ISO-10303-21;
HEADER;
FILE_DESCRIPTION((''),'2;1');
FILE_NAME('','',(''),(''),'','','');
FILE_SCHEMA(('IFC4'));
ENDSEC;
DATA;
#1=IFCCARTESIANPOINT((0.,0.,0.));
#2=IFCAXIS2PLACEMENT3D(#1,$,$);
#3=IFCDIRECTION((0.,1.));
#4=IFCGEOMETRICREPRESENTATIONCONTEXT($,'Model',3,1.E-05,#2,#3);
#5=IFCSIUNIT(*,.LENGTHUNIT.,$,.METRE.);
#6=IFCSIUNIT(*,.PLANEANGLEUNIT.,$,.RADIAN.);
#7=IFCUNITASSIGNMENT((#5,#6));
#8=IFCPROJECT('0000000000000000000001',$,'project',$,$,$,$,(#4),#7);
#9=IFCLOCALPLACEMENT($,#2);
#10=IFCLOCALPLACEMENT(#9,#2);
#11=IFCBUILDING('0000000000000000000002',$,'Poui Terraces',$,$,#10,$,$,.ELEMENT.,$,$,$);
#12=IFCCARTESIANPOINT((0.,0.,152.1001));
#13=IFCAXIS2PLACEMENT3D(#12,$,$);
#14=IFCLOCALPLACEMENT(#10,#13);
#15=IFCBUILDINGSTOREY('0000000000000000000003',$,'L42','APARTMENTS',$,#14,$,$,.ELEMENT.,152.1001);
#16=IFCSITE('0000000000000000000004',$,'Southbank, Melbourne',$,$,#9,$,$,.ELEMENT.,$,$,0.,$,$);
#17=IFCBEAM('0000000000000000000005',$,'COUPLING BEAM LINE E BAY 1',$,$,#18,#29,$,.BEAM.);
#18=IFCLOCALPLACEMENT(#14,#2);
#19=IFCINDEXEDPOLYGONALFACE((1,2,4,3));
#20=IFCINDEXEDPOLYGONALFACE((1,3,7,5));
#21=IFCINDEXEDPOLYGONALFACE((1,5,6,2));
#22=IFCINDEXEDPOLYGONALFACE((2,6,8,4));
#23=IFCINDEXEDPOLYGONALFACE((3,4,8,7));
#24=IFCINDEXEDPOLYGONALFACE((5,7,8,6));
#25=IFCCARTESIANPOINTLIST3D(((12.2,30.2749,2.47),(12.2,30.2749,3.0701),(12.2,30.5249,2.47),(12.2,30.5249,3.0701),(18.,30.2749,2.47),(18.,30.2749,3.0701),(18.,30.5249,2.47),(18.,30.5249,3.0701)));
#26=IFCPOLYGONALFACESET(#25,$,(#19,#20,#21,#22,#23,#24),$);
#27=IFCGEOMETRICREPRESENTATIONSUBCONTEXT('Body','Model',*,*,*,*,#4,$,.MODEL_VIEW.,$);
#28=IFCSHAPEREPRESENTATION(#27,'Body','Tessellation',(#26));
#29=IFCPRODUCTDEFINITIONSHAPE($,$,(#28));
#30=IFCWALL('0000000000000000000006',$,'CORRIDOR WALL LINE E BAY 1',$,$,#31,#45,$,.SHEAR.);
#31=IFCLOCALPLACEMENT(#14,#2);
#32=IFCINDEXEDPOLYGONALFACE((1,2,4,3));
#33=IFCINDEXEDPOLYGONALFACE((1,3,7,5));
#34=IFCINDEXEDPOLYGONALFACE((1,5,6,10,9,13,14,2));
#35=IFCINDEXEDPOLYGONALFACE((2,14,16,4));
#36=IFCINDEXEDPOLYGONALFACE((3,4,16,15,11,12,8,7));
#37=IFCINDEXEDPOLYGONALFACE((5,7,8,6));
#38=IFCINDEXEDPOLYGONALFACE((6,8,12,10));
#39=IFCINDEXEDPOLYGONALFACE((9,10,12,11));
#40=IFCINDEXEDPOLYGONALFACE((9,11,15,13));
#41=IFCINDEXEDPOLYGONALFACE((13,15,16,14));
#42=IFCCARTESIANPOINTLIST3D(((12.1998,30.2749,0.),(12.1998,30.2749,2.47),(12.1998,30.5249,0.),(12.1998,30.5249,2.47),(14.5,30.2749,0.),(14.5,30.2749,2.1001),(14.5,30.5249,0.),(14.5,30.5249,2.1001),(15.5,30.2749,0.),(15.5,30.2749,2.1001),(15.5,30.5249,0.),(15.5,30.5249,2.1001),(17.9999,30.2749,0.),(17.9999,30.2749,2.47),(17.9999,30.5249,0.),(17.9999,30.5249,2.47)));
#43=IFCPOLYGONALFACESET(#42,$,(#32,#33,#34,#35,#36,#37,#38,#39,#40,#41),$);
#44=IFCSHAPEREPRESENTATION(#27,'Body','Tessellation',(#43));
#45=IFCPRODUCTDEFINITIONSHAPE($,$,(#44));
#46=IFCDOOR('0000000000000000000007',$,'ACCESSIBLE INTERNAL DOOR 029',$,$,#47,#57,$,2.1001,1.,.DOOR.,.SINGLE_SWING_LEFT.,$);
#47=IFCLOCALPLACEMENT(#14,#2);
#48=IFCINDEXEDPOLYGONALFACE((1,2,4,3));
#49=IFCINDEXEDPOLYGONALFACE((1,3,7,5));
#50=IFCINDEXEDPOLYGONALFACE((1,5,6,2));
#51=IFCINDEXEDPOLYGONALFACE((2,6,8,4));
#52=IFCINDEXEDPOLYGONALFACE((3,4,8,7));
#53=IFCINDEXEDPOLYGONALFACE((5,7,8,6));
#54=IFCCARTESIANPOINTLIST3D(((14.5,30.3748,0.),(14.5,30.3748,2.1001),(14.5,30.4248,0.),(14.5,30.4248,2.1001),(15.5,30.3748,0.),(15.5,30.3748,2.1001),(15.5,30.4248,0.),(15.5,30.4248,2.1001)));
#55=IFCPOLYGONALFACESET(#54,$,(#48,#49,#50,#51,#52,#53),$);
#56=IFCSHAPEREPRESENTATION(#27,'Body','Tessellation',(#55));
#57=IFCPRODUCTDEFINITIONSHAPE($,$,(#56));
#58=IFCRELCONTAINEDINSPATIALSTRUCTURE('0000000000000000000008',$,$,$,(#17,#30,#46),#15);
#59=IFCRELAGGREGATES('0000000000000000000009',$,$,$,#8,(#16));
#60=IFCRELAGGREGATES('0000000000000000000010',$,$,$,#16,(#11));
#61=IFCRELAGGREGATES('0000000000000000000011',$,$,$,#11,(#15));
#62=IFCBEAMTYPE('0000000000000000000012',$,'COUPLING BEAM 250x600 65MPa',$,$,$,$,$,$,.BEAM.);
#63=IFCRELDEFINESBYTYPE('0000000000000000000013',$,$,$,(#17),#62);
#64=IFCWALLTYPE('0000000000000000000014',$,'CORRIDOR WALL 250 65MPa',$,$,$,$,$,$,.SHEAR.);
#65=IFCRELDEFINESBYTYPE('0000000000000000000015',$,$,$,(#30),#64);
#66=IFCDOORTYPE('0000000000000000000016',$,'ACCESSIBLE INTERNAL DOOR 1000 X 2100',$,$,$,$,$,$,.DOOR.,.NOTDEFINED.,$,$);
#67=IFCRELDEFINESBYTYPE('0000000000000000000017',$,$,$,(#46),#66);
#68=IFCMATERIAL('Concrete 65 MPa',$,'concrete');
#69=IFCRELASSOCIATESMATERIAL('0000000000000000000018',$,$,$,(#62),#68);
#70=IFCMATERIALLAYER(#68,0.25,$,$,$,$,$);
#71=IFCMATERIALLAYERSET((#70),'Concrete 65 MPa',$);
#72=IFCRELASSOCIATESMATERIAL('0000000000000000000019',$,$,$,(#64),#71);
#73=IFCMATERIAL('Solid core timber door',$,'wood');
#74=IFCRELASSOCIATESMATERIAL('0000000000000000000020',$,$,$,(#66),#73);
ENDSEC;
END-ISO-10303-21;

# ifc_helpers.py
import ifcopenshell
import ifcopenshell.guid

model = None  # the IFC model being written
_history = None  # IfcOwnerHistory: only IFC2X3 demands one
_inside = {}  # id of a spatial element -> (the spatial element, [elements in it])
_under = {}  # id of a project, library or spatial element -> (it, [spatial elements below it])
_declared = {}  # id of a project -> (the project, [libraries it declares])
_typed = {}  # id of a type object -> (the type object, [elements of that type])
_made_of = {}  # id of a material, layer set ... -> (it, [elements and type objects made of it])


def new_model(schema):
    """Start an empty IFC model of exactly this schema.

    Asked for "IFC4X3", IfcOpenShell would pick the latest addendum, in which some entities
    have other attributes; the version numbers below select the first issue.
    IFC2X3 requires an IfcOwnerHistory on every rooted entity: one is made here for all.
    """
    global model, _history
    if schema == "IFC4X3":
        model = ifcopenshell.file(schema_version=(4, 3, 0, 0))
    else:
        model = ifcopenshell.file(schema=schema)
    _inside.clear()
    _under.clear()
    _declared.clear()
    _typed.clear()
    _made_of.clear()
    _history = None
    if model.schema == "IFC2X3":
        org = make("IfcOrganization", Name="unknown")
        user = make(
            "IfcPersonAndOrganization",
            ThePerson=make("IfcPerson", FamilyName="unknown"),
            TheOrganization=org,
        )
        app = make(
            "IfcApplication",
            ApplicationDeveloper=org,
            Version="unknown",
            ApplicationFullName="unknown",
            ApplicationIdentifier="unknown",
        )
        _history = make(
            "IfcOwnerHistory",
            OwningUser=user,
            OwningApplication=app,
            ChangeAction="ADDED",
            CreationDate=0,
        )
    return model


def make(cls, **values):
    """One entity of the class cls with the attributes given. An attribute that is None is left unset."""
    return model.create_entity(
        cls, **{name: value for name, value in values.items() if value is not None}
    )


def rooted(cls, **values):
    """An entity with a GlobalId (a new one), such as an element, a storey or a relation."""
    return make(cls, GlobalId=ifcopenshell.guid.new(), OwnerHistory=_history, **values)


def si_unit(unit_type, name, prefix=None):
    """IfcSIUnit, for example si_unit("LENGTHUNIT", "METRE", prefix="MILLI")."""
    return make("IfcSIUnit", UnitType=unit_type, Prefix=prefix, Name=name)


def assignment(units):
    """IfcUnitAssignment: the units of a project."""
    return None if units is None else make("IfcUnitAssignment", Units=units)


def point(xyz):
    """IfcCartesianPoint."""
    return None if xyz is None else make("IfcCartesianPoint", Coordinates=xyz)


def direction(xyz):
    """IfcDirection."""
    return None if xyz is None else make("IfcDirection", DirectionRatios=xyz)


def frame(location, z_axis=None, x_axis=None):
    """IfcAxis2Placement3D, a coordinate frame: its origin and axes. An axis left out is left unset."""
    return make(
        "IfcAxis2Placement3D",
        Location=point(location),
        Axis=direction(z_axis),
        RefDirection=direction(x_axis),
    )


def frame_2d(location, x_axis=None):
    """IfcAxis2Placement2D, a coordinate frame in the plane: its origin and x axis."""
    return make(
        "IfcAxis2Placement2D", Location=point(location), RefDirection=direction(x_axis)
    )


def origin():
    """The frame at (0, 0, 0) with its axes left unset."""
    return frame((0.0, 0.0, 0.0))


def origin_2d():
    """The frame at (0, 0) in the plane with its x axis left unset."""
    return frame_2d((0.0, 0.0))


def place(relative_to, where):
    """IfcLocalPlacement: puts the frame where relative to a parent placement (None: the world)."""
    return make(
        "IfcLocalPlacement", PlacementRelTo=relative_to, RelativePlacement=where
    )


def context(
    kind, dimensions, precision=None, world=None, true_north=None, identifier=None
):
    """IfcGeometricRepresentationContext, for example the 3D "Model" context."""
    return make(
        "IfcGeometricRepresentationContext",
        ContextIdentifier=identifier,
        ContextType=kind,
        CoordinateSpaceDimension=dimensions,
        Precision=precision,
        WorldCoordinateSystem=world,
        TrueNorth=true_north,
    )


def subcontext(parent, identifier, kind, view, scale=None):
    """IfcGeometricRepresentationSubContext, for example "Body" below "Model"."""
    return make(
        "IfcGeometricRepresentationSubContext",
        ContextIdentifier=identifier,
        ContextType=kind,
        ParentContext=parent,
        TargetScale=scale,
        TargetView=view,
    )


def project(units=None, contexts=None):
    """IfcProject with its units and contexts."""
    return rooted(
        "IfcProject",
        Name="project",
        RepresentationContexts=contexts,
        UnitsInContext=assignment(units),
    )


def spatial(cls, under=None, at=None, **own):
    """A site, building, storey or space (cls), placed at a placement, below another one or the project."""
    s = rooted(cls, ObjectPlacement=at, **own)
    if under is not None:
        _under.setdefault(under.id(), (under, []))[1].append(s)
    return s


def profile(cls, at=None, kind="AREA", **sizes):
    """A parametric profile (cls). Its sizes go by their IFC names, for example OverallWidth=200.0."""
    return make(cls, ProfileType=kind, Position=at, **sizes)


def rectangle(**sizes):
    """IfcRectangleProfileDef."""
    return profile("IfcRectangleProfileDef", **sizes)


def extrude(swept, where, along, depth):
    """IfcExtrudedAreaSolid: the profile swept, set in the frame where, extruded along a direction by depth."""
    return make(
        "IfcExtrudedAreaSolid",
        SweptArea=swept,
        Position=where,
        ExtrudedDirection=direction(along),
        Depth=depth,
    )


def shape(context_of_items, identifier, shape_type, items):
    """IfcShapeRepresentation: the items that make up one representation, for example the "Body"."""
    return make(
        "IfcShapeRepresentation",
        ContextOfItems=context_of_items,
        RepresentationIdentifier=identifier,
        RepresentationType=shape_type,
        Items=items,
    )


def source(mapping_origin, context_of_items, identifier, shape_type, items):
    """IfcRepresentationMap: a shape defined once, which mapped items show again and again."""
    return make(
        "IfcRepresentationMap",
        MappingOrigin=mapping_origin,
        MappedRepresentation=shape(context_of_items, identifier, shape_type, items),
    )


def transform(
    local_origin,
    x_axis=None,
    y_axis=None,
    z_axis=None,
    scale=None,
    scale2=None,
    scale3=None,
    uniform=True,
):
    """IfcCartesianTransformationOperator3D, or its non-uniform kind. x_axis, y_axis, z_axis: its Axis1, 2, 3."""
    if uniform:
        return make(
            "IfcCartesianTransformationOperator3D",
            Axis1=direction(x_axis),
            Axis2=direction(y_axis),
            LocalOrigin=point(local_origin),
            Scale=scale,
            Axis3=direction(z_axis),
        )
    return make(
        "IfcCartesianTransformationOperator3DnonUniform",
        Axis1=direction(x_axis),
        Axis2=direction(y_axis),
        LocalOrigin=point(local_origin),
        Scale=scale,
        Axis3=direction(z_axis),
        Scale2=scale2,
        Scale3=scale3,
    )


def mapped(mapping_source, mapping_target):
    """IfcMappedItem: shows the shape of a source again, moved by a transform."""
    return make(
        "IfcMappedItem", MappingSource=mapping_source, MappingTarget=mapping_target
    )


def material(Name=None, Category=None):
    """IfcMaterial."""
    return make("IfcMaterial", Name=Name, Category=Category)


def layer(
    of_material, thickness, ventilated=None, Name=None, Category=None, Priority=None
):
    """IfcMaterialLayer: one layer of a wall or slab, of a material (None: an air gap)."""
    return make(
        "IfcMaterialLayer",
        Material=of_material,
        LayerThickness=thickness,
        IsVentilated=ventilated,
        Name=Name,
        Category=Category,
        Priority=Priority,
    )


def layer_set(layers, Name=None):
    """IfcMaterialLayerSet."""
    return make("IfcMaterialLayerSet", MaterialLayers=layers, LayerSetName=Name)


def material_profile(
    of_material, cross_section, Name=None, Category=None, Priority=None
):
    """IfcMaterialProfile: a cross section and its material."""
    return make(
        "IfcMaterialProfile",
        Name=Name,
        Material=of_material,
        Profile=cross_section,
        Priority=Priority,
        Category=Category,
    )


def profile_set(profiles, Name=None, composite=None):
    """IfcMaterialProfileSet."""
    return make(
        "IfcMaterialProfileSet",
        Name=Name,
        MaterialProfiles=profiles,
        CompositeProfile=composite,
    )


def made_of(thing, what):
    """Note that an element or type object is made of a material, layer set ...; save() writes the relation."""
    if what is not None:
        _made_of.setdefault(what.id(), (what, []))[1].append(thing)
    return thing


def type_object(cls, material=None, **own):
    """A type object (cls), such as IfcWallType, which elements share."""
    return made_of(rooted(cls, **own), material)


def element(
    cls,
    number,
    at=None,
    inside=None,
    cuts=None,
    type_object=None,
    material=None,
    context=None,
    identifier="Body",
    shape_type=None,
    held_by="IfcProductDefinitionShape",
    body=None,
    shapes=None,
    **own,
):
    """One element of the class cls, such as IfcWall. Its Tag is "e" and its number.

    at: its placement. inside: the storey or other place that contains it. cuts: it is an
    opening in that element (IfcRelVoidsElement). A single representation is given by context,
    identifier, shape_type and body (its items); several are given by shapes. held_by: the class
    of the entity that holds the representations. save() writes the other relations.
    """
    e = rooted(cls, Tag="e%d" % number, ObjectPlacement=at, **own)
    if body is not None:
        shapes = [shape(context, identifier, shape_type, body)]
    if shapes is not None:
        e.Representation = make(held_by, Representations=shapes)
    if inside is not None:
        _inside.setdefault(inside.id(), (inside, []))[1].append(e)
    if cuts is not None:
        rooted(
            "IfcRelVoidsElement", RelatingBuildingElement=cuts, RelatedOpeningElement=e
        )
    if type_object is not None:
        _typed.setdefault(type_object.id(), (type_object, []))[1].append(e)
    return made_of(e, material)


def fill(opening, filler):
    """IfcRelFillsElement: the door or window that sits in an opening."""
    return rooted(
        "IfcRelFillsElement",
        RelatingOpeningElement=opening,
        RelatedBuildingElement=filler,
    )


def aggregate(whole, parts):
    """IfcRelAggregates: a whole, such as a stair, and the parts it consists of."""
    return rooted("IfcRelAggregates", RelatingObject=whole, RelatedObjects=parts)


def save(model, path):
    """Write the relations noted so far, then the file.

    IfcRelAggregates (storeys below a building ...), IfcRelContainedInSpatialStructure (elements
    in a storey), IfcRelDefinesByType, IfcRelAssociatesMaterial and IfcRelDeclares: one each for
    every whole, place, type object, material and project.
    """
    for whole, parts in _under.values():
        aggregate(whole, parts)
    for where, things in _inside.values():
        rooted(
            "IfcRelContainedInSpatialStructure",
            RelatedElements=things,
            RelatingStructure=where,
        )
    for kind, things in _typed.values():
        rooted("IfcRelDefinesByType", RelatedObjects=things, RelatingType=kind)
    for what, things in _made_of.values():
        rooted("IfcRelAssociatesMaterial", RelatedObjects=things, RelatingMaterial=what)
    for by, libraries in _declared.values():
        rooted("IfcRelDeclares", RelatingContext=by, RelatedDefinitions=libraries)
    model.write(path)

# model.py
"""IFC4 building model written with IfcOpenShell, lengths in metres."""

from ifc_helpers import new_model, si_unit, direction, frame, frame_2d, origin, origin_2d, place, context, subcontext, project, spatial, rectangle, extrude, source, transform, mapped, material, layer, layer_set, material_profile, profile_set, type_object, element, fill, save


model = new_model("IFC4")

# Units and contexts
model_context = context("Model", 3, precision=1e-05, world=origin(), true_north=direction((0.0, 1.0)))
body_context = subcontext(model_context, "Body", "Model", "MODEL_VIEW")
ifc_project = project(units=[si_unit("LENGTHUNIT", "METRE"), si_unit("PLANEANGLEUNIT", "RADIAN")], contexts=[model_context])

# Site, building, storey
site_placement = place(None, origin())
site = spatial("IfcSite", under=ifc_project, at=site_placement, Name="Southbank, Melbourne", CompositionType="ELEMENT", RefElevation=0.0)
building_placement = place(site_placement, origin())
building = spatial("IfcBuilding", under=site, at=building_placement, Name="Poui Terraces", CompositionType="ELEMENT")
storey_placement = place(building_placement, frame((0.0, 0.0, 152.1001)))
storey = spatial("IfcBuildingStorey", under=building, at=storey_placement, Name="L42", Description="APARTMENTS", CompositionType="ELEMENT", Elevation=152.1001)

# Beam
ifc_material_1 = material(Name="Concrete 65 MPa", Category="concrete")
ifc_material_profile = material_profile(ifc_material_1, rectangle(XDim=0.25, YDim=0.6001, at=origin_2d()), Name="RC 250x600")
ifc_profile_set = profile_set([ifc_material_profile], Name="Concrete 65 MPa")
beam_type = type_object("IfcBeamType", Name="COUPLING BEAM 250x600 65MPa", PredefinedType="BEAM", material=ifc_profile_set)
shared_shape = source(origin(), body_context, "Body", "SweptSolid", [
    extrude(rectangle(XDim=0.25, YDim=0.6001, at=origin_2d()), origin(), (0.0, 0.0, 1.0), 5.8),
])
beam_placement = place(storey_placement, frame((12.2, 30.3999, 2.77), z_axis=(1.0, 0.0, 0.0), x_axis=(0.0, 1.0, 0.0)))
element("IfcBeam", 1, at=beam_placement, inside=storey, type_object=beam_type, Name="COUPLING BEAM LINE E BAY 1", PredefinedType="BEAM", context=body_context, shape_type="MappedRepresentation", body=[
    mapped(shared_shape, transform((0.0, 0.0, 0.0))),
])

# Wall, opening, door
ifc_layer_1 = layer(ifc_material_1, 0.25)
ifc_layer_set_1 = layer_set([ifc_layer_1], Name="Concrete 65 MPa")
wall_type_1 = type_object("IfcWallType", Name="CORRIDOR WALL 250 65MPa", PredefinedType="SHEAR", material=ifc_layer_set_1)
wall_1_placement = place(storey_placement, frame((12.2, 30.3999, 0.0), z_axis=(0.0, 0.0, 1.0), x_axis=(1.0, 0.0, 0.0)))
wall_1 = element("IfcWall", 2, at=wall_1_placement, inside=storey, type_object=wall_type_1, Name="CORRIDOR WALL LINE E BAY 1", PredefinedType="SHEAR", context=body_context, shape_type="SweptSolid", body=[
    extrude(rectangle(XDim=5.8, YDim=0.25, at=frame_2d((2.8999, 0.0))), origin(), (0.0, 0.0, 1.0), 2.47),
])
opening_1_placement = place(wall_1_placement, frame((2.3, 0.0, 0.0)))
opening_1 = element("IfcOpeningElement", 3, at=opening_1_placement, cuts=wall_1, PredefinedType="OPENING", context=body_context, shape_type="SweptSolid", body=[
    extrude(rectangle(XDim=1.0, YDim=2.1001, at=frame_2d((0.5, 1.05))), frame((0.0, 0.135, 0.0), z_axis=(0.0, -1.0, 0.0), x_axis=(1.0, 0.0, 0.0)), (0.0, 0.0, 1.0), 0.27),
])
ifc_material_2 = material(Name="Solid core timber door", Category="wood")
door_type_1 = type_object("IfcDoorType", Name="ACCESSIBLE INTERNAL DOOR 1000 X 2100", OperationType="NOTDEFINED", PredefinedType="DOOR", material=ifc_material_2)
door_1_placement = place(opening_1_placement, origin())
door_1 = element("IfcDoor", 4, at=door_1_placement, inside=storey, type_object=door_type_1, Name="ACCESSIBLE INTERNAL DOOR 029", OperationType="SINGLE_SWING_LEFT", OverallHeight=2.1001, OverallWidth=1.0, PredefinedType="DOOR", context=body_context, shape_type="SweptSolid", body=[
    extrude(rectangle(XDim=1.0, YDim=2.1001, at=frame_2d((0.5, 1.05))), frame((0.0, 0.0249, 0.0), z_axis=(0.0, -1.0, 0.0), x_axis=(1.0, 0.0, 0.0)), (0.0, 0.0, 1.0), 0.05),
])
fill(opening_1, door_1)

save(model, "model.ifc")
